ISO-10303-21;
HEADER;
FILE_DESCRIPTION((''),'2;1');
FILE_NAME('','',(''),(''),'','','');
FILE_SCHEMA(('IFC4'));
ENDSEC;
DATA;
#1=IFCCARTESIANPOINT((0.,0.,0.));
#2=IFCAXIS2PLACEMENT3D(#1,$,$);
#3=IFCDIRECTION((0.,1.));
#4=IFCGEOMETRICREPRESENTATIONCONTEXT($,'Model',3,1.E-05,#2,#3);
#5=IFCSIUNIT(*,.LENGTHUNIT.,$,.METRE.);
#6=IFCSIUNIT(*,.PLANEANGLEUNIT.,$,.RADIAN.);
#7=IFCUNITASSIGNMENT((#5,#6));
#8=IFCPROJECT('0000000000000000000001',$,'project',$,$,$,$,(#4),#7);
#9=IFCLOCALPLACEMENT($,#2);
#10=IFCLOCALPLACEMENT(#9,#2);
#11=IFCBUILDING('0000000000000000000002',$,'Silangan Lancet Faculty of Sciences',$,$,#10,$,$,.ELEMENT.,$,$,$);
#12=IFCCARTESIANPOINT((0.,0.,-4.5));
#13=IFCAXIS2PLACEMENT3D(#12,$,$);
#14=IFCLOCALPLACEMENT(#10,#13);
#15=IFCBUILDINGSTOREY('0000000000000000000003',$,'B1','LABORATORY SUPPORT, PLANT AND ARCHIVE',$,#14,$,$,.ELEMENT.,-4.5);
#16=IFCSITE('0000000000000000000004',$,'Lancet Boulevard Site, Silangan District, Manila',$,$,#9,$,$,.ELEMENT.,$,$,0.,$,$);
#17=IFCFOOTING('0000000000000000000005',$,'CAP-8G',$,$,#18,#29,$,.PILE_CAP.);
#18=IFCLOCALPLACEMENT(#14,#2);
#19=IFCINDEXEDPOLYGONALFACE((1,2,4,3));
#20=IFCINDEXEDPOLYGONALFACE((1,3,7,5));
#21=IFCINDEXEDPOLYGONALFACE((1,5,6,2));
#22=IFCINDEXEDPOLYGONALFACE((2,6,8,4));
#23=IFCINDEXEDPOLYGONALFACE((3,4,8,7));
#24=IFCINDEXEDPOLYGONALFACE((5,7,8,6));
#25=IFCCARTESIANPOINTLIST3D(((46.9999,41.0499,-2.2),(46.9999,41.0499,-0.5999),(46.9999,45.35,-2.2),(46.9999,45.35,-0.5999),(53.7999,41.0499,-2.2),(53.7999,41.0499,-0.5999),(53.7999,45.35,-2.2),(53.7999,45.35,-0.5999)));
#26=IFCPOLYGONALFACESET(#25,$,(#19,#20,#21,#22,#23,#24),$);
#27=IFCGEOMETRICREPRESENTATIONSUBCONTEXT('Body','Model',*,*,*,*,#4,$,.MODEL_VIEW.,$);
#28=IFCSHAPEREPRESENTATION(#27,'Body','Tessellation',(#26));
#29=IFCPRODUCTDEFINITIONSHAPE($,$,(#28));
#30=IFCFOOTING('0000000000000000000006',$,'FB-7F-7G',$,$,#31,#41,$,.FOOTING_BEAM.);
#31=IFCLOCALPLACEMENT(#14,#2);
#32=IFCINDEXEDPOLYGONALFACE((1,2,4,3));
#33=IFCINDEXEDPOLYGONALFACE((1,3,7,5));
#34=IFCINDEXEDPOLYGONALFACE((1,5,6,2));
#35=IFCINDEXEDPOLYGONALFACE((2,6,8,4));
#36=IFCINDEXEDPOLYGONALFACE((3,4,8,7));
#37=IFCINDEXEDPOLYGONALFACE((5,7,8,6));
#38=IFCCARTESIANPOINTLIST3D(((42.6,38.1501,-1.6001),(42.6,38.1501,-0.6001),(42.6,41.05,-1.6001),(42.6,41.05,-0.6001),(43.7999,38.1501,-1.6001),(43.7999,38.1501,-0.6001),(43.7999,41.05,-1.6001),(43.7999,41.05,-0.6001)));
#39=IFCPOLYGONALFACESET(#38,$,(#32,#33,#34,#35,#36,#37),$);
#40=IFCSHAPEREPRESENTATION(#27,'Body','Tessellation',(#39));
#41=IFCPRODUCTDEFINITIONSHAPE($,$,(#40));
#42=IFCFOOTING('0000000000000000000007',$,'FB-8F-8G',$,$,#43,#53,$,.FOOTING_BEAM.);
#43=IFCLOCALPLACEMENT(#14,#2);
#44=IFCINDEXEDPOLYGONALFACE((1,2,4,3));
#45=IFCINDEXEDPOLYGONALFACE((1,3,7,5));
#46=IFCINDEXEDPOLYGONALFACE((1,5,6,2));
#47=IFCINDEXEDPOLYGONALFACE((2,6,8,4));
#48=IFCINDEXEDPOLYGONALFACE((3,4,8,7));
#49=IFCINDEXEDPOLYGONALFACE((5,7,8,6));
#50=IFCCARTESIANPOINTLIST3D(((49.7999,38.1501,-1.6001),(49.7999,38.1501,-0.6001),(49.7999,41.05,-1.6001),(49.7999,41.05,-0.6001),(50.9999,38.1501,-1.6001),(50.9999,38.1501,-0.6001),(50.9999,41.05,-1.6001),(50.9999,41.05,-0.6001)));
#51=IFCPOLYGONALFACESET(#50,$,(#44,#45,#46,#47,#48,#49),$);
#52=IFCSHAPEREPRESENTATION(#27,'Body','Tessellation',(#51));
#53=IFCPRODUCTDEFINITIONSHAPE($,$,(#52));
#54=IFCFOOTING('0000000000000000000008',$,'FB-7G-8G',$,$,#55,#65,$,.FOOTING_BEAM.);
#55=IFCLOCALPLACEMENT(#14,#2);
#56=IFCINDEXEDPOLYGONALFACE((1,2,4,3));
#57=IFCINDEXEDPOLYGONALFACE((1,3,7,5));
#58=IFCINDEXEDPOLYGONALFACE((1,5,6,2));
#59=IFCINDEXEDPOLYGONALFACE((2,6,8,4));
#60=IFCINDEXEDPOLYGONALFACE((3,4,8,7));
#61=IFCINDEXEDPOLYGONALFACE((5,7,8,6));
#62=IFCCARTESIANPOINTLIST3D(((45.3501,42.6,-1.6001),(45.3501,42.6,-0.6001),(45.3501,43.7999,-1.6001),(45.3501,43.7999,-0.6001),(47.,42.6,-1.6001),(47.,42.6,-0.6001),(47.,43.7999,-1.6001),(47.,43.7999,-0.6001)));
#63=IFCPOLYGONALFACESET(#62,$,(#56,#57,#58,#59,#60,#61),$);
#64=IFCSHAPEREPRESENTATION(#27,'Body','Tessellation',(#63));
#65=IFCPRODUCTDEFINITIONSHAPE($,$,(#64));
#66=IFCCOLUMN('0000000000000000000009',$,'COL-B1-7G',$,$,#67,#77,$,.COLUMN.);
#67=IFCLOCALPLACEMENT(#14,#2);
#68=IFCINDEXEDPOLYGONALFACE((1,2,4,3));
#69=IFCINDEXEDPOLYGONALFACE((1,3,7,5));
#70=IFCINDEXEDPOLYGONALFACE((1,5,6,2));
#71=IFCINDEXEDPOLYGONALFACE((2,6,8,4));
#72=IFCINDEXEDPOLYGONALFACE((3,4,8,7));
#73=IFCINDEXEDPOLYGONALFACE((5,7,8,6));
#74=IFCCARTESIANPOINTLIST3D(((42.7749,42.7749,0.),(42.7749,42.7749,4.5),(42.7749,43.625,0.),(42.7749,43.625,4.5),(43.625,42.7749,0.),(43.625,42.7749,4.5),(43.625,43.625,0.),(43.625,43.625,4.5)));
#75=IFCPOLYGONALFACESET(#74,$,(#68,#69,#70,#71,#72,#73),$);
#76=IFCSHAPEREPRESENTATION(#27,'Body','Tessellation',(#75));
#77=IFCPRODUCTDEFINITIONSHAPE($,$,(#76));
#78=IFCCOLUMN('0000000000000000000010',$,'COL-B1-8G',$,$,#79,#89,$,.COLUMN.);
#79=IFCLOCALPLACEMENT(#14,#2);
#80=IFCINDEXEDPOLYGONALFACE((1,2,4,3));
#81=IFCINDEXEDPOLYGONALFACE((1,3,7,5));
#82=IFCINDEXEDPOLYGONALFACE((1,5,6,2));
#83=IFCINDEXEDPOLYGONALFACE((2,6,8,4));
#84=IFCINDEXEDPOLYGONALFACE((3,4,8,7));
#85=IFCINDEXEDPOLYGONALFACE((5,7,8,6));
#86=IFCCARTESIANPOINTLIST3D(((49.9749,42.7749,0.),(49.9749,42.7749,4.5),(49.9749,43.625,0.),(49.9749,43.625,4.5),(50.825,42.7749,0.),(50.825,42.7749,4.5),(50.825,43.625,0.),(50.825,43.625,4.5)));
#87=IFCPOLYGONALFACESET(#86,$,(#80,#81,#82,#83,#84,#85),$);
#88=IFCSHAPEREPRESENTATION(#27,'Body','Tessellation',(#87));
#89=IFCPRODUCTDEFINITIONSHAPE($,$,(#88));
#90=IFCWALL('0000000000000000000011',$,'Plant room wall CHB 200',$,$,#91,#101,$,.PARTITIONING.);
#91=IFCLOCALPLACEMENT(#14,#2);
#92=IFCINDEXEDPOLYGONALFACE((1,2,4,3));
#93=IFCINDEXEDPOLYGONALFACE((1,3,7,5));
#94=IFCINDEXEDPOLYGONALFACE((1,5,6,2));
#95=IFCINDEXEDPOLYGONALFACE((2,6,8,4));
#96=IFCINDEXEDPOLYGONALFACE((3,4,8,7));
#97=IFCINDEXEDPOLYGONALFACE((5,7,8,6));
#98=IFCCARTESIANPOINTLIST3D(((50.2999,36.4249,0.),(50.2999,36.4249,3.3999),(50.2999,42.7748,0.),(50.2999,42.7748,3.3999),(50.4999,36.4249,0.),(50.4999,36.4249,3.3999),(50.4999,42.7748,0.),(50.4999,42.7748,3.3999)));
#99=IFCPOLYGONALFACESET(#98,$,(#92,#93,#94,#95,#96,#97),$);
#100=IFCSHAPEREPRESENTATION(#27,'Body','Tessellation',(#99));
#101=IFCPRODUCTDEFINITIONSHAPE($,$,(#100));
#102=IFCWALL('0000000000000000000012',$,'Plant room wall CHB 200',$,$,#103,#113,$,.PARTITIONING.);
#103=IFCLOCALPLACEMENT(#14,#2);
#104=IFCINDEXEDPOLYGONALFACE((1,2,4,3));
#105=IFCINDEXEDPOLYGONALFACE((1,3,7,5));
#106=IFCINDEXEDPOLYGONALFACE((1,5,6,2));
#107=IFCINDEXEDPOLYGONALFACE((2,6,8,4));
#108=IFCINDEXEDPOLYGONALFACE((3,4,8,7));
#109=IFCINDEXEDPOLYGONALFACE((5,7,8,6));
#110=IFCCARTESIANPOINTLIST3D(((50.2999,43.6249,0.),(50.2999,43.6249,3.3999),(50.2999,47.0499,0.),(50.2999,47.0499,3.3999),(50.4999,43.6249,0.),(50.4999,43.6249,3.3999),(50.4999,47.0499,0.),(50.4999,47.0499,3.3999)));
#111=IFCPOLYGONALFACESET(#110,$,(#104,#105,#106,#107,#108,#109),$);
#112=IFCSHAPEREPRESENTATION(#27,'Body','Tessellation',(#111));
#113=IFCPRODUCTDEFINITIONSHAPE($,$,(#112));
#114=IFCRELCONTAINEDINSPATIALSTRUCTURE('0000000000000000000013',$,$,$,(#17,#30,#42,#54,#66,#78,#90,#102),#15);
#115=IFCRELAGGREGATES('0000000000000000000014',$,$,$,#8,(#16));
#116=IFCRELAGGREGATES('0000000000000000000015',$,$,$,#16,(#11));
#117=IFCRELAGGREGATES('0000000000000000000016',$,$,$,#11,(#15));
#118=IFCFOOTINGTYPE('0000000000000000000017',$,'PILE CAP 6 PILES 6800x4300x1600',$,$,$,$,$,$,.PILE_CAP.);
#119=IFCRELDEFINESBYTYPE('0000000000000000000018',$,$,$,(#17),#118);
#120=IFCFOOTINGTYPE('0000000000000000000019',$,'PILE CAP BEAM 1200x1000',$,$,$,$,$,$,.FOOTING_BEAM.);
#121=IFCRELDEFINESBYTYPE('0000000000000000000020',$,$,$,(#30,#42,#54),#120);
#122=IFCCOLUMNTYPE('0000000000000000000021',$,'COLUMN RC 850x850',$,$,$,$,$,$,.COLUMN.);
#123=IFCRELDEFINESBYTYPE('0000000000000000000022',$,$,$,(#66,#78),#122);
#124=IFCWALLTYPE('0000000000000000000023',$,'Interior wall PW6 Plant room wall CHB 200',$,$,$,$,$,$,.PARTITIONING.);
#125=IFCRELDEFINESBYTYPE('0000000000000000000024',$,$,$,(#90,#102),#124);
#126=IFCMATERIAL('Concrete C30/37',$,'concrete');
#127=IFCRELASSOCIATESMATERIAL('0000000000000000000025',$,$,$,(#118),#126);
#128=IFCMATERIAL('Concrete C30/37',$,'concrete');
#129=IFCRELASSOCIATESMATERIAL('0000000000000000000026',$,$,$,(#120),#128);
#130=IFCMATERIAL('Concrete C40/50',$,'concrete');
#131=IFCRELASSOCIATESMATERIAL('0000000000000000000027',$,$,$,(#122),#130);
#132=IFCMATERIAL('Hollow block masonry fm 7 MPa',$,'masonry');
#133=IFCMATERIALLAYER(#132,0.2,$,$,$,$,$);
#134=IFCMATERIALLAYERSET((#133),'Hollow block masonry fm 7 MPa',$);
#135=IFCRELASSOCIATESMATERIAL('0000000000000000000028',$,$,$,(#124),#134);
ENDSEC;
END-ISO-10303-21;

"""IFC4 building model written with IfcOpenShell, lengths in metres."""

from ifc_helpers import new_model, si_unit, direction, frame, frame_2d, origin, origin_2d, place, context, subcontext, project, spatial, rectangle, extrude, material, layer, layer_set, material_profile, profile_set, type_object, element, save


model = new_model("IFC4")

# Units and contexts
model_context = context("Model", 3, precision=1e-05, world=origin(), true_north=direction((0.0, 1.0)))
body_context = subcontext(model_context, "Body", "Model", "MODEL_VIEW")
ifc_project = project(units=[si_unit("LENGTHUNIT", "METRE"), si_unit("PLANEANGLEUNIT", "RADIAN")], contexts=[model_context])

# Site, building, storey
site_placement = place(None, origin())
site = spatial("IfcSite", under=ifc_project, at=site_placement, Name="Lancet Boulevard Site, Silangan District, Manila", CompositionType="ELEMENT", RefElevation=0.0)
building_placement = place(site_placement, origin())
building = spatial("IfcBuilding", under=site, at=building_placement, Name="Silangan Lancet Faculty of Sciences", CompositionType="ELEMENT")
storey_placement = place(building_placement, frame((0.0, 0.0, -4.5)))
storey = spatial("IfcBuildingStorey", under=building, at=storey_placement, Name="B1", Description="LABORATORY SUPPORT, PLANT AND ARCHIVE", CompositionType="ELEMENT", Elevation=-4.5)

# Footings
ifc_material_1 = material(Name="Concrete C30/37", Category="concrete")
footing_type_1 = type_object("IfcFootingType", Name="PILE CAP 6 PILES 6800x4300x1600", PredefinedType="PILE_CAP", material=ifc_material_1)
footing_1_placement = place(storey_placement, frame((50.3999, 43.2, -2.2), z_axis=(0.0, 0.0, 1.0), x_axis=(1.0, 0.0, 0.0)))
element("IfcFooting", 1, at=footing_1_placement, inside=storey, type_object=footing_type_1, Name="CAP-8G", PredefinedType="PILE_CAP", context=body_context, shape_type="SweptSolid", body=[
    extrude(rectangle(XDim=6.8, YDim=4.3, at=origin_2d()), origin(), (0.0, 0.0, 1.0), 1.6001),
])
ifc_material_2 = material(Name="Concrete C30/37", Category="concrete")
footing_type_2 = type_object("IfcFootingType", Name="PILE CAP BEAM 1200x1000", PredefinedType="FOOTING_BEAM", material=ifc_material_2)
for number, where, z_axis, x_axis, name in (
    (2, (43.2, 39.6001, -1.6001), (0.0, 0.0, 1.0), (0.0, 1.0, 0.0), "FB-7F-7G"),
    (3, (50.3999, 39.6001, -1.6001), (0.0, 0.0, 1.0), (0.0, 1.0, 0.0), "FB-8F-8G"),
):
    element("IfcFooting", number, at=place(storey_placement, frame(where, z_axis=z_axis, x_axis=x_axis)), inside=storey, type_object=footing_type_2, Name=name, PredefinedType="FOOTING_BEAM", context=body_context, shape_type="SweptSolid", body=[
        extrude(rectangle(XDim=2.8999, YDim=1.2, at=origin_2d()), origin(), (0.0, 0.0, 1.0), 1.0),
    ])
footing_2_placement = place(storey_placement, frame((46.175, 43.2, -1.6001), z_axis=(0.0, 0.0, 1.0), x_axis=(1.0, 0.0, 0.0)))
element("IfcFooting", 4, at=footing_2_placement, inside=storey, type_object=footing_type_2, Name="FB-7G-8G", PredefinedType="FOOTING_BEAM", context=body_context, shape_type="SweptSolid", body=[
    extrude(rectangle(XDim=1.6499, YDim=1.2, at=origin_2d()), origin(), (0.0, 0.0, 1.0), 1.0),
])

# Columns
ifc_material_3 = material(Name="Concrete C40/50", Category="concrete")
ifc_material_profile_1 = material_profile(ifc_material_3, rectangle(XDim=0.8501, YDim=0.8501, at=origin_2d()), Name="RC 850x850")
ifc_profile_set_1 = profile_set([ifc_material_profile_1], Name="Concrete C40/50")
column_type = type_object("IfcColumnType", Name="COLUMN RC 850x850", PredefinedType="COLUMN", material=ifc_profile_set_1)
for number, where, z_axis, x_axis, name in (
    (5, (43.2, 43.2, 0.0), (0.0, 0.0, 1.0), (1.0, 0.0, 0.0), "COL-B1-7G"),
    (6, (50.3999, 43.2, 0.0), (0.0, 0.0, 1.0), (1.0, 0.0, 0.0), "COL-B1-8G"),
):
    element("IfcColumn", number, at=place(storey_placement, frame(where, z_axis=z_axis, x_axis=x_axis)), inside=storey, type_object=column_type, Name=name, PredefinedType="COLUMN", context=body_context, shape_type="SweptSolid", body=[
        extrude(rectangle(XDim=0.8501, YDim=0.8501, at=origin_2d()), origin(), (0.0, 0.0, 1.0), 4.5),
    ])

# Walls
ifc_material_4 = material(Name="Hollow block masonry fm 7 MPa", Category="masonry")
ifc_layer = layer(ifc_material_4, 0.2)
ifc_layer_set = layer_set([ifc_layer], Name="Hollow block masonry fm 7 MPa")
wall_type = type_object("IfcWallType", Name="Interior wall PW6 Plant room wall CHB 200", PredefinedType="PARTITIONING", material=ifc_layer_set)
wall_1_placement = place(storey_placement, frame((50.3999, 36.425, 0.0), z_axis=(0.0, 0.0, 1.0), x_axis=(0.0, 1.0, 0.0)))
element("IfcWall", 7, at=wall_1_placement, inside=storey, type_object=wall_type, Name="Plant room wall CHB 200", PredefinedType="PARTITIONING", context=body_context, shape_type="SweptSolid", body=[
    extrude(rectangle(XDim=6.3499, YDim=0.2, at=frame_2d((3.1748, 0.0))), origin(), (0.0, 0.0, 1.0), 3.3999),
])
wall_2_placement = place(storey_placement, frame((50.3999, 43.625, 0.0), z_axis=(0.0, 0.0, 1.0), x_axis=(0.0, 1.0, 0.0)))
element("IfcWall", 8, at=wall_2_placement, inside=storey, type_object=wall_type, Name="Plant room wall CHB 200", PredefinedType="PARTITIONING", context=body_context, shape_type="SweptSolid", body=[
    extrude(rectangle(XDim=3.425, YDim=0.2, at=frame_2d((1.7124, 0.0))), origin(), (0.0, 0.0, 1.0), 3.3999),
])

save(model, "model.ifc")
